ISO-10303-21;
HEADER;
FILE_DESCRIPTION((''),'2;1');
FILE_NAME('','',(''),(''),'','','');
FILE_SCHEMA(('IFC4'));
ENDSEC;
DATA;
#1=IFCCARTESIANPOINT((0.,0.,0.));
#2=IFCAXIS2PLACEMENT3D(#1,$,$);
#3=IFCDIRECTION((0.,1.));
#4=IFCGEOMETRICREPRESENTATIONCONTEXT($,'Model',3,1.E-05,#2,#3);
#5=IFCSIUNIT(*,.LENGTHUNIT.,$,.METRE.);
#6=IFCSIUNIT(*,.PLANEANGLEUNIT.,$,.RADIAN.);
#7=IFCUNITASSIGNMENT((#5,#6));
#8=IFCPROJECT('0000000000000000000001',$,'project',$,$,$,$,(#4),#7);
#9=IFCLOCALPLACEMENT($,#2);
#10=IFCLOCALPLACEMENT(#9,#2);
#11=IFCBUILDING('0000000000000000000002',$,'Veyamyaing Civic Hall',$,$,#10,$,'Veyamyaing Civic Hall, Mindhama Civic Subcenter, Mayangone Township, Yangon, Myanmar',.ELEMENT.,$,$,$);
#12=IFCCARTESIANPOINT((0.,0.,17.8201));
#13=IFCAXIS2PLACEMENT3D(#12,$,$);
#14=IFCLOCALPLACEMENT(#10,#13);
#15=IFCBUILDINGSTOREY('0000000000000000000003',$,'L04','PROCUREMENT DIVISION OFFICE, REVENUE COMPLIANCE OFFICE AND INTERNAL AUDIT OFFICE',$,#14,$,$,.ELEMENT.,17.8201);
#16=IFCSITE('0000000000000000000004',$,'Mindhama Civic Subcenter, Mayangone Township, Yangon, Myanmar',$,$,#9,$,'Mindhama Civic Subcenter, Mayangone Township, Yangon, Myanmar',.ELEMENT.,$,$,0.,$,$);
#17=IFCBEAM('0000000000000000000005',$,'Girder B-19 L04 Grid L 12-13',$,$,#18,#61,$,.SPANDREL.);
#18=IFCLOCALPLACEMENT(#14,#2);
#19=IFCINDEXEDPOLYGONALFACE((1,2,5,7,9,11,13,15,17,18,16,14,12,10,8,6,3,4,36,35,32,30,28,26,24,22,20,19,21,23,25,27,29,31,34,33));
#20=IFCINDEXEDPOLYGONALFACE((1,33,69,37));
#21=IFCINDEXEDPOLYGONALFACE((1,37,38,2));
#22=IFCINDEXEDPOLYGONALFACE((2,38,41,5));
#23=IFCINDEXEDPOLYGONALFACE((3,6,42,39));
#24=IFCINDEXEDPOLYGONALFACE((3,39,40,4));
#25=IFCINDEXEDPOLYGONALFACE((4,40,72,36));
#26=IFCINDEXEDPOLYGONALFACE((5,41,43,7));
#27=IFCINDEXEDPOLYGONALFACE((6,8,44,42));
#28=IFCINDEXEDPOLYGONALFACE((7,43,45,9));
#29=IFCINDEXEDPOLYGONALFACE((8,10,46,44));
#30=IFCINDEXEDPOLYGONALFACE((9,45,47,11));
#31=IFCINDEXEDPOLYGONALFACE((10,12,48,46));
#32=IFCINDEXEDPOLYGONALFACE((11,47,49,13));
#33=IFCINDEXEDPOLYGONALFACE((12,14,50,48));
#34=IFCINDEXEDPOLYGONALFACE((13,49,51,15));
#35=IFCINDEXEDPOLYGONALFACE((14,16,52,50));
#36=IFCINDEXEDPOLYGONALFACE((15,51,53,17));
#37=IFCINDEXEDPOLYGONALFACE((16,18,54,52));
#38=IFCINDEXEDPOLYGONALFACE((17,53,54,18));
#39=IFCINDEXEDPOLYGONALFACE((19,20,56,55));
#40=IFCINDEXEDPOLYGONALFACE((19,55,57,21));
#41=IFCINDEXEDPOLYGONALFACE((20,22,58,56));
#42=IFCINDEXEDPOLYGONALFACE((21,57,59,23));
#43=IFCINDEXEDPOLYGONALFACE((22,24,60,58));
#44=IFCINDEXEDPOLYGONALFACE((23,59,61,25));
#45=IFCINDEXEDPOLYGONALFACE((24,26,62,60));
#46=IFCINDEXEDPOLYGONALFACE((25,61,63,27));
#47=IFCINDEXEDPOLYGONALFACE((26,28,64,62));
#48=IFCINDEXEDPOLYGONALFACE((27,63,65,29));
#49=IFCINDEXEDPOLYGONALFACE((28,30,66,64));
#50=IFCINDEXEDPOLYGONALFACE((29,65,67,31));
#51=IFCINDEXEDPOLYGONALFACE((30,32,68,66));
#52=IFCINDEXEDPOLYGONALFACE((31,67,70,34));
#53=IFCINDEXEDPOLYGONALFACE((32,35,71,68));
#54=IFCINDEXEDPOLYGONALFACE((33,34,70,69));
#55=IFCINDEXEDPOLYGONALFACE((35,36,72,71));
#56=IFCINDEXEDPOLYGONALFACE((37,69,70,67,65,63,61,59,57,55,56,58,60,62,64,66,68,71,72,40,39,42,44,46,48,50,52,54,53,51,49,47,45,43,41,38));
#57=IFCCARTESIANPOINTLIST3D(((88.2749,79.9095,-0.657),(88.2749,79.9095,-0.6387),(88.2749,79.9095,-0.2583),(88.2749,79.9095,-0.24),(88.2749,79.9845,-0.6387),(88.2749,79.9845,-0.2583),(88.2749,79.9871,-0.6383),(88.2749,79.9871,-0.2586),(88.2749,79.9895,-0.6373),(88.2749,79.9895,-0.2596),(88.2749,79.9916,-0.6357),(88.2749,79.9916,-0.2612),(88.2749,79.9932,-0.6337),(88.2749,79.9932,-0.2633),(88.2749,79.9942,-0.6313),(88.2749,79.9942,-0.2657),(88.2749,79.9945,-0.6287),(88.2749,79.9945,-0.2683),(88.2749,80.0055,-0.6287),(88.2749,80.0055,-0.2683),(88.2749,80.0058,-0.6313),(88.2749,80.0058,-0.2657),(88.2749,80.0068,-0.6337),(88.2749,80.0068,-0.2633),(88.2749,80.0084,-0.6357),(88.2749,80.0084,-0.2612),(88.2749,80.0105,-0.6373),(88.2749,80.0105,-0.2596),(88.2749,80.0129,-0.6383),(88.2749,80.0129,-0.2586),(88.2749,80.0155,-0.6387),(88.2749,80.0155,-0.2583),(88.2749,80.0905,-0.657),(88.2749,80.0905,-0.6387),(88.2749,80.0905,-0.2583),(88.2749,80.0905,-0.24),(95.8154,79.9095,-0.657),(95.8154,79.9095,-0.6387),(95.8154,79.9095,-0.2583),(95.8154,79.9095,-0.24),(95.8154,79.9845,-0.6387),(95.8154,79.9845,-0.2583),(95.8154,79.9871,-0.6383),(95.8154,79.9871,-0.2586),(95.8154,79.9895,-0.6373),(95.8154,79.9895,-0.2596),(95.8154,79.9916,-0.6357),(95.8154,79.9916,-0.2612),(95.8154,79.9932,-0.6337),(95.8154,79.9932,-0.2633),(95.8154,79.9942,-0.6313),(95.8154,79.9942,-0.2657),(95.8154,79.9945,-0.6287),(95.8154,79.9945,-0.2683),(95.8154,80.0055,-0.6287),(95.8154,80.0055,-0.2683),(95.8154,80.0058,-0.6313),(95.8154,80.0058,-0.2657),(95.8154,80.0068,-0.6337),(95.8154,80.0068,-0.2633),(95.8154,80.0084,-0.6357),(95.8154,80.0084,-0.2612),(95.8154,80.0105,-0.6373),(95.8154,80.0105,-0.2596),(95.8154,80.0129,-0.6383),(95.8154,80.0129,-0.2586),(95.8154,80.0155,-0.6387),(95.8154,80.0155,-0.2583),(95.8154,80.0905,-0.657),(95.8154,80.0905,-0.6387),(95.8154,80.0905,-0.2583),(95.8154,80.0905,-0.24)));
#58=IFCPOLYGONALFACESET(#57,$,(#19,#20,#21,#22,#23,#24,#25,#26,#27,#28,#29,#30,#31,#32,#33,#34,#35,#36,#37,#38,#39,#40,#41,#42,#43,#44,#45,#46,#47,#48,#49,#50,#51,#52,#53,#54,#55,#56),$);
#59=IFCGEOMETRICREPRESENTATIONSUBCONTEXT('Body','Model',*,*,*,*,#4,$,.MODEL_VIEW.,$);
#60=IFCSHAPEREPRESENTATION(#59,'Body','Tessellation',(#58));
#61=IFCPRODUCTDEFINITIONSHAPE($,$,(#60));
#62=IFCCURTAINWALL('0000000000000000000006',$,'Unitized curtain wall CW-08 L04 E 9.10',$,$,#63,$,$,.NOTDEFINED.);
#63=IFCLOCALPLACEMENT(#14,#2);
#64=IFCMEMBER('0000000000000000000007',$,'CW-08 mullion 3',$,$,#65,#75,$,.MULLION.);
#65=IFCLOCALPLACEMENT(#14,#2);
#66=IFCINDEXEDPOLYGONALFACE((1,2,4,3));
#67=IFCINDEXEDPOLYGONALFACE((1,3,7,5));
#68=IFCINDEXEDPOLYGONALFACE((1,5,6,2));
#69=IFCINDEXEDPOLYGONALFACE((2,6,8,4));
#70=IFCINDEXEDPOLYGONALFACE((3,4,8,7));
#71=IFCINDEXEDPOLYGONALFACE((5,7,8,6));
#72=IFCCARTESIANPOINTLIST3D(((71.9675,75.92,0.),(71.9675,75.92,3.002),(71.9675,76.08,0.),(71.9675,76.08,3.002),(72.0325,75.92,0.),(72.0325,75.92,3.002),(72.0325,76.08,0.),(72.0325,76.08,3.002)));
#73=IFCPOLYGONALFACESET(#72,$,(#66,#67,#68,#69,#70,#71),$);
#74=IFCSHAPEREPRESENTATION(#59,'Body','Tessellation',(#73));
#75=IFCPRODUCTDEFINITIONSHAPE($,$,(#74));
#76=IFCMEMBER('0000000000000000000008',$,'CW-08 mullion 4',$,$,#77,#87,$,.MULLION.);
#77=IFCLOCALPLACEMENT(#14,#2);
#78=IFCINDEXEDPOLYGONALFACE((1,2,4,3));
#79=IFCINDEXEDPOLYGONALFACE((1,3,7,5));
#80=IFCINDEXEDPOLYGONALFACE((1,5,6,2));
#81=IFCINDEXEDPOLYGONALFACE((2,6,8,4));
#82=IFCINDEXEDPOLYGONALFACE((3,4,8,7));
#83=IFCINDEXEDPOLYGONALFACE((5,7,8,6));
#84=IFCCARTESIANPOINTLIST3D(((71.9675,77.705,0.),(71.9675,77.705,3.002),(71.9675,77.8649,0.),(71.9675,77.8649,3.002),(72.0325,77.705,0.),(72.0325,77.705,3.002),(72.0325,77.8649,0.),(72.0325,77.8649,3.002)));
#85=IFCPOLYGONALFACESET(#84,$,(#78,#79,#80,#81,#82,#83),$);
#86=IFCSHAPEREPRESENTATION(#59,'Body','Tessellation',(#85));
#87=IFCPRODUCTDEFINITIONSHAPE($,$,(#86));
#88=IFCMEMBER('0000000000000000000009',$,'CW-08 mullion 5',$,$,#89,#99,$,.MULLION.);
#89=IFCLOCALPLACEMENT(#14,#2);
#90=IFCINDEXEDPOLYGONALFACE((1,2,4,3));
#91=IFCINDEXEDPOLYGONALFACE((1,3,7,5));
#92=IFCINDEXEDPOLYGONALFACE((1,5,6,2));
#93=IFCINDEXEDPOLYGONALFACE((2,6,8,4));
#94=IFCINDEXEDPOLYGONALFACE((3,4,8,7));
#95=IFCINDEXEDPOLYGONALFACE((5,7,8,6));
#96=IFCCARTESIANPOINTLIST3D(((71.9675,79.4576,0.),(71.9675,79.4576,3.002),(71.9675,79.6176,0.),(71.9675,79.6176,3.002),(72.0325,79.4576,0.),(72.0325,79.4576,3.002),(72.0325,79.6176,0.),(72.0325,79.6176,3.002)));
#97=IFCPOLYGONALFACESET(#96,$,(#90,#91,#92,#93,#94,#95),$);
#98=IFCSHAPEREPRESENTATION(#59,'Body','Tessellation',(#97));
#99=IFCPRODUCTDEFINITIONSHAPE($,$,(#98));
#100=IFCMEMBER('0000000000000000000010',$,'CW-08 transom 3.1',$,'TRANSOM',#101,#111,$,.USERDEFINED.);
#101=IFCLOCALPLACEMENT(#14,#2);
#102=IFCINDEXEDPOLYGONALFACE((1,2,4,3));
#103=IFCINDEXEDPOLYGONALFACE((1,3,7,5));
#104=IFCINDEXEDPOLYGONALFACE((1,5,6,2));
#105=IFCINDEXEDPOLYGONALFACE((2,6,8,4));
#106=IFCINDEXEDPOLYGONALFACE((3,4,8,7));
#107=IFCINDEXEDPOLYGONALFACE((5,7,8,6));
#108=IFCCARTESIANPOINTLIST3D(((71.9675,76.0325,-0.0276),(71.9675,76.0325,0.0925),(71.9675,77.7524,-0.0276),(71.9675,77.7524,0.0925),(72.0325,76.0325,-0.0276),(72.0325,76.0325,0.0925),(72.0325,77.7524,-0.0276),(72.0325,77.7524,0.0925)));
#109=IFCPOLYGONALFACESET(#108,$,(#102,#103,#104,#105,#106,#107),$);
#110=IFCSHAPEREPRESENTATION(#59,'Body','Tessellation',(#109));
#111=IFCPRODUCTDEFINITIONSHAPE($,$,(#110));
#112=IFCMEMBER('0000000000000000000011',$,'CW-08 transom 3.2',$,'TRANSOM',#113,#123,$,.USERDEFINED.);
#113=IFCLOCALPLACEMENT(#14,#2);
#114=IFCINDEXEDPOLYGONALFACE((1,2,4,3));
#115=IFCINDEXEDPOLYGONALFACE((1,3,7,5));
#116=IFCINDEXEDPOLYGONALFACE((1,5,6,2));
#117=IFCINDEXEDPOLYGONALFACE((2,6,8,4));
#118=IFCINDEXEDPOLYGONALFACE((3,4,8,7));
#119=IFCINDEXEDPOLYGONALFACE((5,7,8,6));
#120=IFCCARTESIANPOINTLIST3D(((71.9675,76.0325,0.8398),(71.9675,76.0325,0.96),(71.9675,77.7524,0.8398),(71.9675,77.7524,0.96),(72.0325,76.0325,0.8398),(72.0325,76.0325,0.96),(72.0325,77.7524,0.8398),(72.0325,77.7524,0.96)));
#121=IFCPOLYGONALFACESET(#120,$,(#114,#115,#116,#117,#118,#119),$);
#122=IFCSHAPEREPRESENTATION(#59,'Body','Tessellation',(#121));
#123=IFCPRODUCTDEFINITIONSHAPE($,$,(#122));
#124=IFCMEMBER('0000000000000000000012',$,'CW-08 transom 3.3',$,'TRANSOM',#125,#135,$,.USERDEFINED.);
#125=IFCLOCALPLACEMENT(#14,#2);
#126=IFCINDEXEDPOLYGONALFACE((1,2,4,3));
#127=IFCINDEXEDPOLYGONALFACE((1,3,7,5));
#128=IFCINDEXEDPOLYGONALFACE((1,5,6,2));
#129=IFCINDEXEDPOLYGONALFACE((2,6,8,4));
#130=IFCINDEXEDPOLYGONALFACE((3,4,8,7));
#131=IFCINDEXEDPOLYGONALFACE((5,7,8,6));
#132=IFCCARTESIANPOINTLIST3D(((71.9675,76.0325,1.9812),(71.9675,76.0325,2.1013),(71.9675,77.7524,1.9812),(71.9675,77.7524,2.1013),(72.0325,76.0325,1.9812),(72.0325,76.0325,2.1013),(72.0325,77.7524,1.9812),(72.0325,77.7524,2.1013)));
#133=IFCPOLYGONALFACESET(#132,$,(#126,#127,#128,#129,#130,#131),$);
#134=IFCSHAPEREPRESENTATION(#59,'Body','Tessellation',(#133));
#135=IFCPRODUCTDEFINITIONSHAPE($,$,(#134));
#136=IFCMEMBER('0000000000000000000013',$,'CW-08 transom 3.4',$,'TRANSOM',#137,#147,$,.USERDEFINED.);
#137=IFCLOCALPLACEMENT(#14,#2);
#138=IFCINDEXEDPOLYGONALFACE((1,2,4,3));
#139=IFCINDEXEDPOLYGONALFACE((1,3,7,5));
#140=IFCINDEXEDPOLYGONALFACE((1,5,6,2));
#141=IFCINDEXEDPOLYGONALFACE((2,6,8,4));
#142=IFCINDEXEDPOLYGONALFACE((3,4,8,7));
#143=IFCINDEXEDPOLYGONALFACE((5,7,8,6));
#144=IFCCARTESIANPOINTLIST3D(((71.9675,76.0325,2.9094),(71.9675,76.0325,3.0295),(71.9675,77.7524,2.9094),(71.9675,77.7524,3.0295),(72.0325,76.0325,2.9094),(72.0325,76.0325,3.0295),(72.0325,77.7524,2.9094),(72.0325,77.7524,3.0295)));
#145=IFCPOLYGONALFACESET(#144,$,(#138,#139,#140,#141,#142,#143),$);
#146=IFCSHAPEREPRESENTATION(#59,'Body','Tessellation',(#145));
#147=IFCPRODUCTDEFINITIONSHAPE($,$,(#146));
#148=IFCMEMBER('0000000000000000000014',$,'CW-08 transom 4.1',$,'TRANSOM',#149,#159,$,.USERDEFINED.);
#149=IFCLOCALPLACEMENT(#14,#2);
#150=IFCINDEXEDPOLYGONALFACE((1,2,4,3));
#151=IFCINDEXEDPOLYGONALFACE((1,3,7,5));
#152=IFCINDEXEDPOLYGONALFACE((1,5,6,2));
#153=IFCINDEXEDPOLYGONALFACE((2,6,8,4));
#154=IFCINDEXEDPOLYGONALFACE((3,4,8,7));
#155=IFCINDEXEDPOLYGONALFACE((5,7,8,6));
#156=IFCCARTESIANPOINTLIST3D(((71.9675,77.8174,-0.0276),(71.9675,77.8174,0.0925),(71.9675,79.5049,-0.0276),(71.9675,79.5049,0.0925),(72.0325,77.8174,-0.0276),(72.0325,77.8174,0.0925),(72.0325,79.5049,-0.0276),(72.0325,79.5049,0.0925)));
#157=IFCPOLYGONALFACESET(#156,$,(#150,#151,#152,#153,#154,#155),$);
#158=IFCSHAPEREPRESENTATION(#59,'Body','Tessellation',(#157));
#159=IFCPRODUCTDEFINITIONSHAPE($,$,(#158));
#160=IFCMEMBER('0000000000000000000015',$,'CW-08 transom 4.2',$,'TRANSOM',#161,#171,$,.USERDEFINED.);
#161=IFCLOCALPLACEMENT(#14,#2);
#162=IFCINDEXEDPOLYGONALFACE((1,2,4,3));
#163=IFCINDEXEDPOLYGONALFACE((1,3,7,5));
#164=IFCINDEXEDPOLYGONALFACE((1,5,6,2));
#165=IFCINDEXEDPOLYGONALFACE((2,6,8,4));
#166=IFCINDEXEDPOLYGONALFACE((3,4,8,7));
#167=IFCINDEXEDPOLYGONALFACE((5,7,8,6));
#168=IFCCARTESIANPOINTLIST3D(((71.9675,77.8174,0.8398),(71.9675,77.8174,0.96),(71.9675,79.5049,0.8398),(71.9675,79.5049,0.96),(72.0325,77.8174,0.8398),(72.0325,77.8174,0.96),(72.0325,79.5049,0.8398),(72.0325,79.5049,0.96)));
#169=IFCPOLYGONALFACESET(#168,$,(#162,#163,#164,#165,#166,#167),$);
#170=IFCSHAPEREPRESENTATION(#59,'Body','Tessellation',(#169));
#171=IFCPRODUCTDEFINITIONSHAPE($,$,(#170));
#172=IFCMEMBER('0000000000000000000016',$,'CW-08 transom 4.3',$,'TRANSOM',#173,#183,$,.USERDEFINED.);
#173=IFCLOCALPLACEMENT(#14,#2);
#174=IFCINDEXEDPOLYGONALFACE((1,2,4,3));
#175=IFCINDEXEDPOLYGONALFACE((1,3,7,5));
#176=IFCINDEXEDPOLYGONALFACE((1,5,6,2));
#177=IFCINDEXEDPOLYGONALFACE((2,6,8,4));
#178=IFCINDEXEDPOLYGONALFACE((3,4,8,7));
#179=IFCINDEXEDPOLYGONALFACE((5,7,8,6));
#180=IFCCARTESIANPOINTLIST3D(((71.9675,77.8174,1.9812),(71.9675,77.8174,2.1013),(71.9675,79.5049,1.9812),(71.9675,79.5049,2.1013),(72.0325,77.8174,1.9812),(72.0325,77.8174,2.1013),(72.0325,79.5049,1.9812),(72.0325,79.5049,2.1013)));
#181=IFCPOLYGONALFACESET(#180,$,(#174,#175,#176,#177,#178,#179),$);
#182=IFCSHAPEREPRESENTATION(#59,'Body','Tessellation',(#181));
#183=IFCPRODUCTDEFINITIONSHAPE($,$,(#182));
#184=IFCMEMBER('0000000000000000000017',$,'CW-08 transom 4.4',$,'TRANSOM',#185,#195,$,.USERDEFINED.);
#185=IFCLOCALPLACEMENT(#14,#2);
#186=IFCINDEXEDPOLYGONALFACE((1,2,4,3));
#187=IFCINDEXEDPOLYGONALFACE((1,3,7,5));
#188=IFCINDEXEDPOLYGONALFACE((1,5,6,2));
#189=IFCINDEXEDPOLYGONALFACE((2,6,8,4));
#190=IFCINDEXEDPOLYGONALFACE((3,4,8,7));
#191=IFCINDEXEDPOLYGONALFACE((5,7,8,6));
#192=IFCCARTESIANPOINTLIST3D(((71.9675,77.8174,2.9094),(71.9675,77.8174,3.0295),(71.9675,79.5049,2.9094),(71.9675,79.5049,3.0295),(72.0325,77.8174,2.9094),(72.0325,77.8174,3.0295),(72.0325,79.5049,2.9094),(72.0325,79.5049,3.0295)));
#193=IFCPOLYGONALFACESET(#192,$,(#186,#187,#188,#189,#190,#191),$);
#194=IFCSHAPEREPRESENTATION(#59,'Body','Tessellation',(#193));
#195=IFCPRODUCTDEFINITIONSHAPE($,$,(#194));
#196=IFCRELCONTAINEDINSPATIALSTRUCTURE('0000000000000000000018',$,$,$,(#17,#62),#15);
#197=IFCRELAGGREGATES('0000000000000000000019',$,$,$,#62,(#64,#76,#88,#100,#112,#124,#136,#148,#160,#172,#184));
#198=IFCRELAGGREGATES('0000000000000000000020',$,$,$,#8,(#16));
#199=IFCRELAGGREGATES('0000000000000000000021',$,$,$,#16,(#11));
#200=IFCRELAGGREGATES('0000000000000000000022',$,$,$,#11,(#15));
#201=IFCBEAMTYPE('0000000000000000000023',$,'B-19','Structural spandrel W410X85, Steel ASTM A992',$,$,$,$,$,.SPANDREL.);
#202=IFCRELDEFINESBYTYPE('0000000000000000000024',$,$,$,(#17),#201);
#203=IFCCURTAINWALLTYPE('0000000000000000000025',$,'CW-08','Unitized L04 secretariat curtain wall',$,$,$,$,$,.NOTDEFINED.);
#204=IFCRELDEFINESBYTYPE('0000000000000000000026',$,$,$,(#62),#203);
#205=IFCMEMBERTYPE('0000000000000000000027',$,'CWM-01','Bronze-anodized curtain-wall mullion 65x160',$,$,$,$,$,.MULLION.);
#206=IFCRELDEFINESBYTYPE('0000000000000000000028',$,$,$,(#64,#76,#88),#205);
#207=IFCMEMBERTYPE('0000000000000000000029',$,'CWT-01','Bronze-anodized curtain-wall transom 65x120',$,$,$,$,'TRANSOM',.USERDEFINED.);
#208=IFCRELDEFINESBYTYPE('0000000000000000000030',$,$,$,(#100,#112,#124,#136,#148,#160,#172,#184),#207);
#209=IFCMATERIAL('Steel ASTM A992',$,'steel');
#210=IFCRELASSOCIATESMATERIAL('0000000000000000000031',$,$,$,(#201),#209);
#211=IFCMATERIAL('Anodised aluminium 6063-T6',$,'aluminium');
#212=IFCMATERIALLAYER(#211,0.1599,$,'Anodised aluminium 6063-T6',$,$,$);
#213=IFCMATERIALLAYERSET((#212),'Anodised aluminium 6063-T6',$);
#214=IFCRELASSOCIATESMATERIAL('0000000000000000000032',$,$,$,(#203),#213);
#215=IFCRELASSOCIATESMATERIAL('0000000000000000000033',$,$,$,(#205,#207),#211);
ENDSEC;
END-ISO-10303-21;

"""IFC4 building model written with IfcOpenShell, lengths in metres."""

from ifc_helpers import new_model, si_unit, direction, frame, origin, origin_2d, place, context, subcontext, project, spatial, rectangle, i_section, extrude, material, layer, layer_set, material_profile, profile_set, type_object, element, aggregate, save


model = new_model("IFC4")

# Units and contexts
model_context = context("Model", 3, precision=1e-05, world=origin(), true_north=direction((0.0, 1.0)))
body_context = subcontext(model_context, "Body", "Model", "MODEL_VIEW")
ifc_project = project(units=[si_unit("LENGTHUNIT", "METRE"), si_unit("PLANEANGLEUNIT", "RADIAN")], contexts=[model_context])

# Site, building, storey
site_placement = place(None, origin())
site = spatial("IfcSite", under=ifc_project, at=site_placement, Name="Mindhama Civic Subcenter, Mayangone Township, Yangon, Myanmar", LongName="Mindhama Civic Subcenter, Mayangone Township, Yangon, Myanmar", CompositionType="ELEMENT", RefElevation=0.0)
building_placement = place(site_placement, origin())
building = spatial("IfcBuilding", under=site, at=building_placement, Name="Veyamyaing Civic Hall", LongName="Veyamyaing Civic Hall, Mindhama Civic Subcenter, Mayangone Township, Yangon, Myanmar", CompositionType="ELEMENT")
storey_placement = place(building_placement, frame((0.0, 0.0, 17.8201)))
storey = spatial("IfcBuildingStorey", under=building, at=storey_placement, Name="L04", Description="PROCUREMENT DIVISION OFFICE, REVENUE COMPLIANCE OFFICE AND INTERNAL AUDIT OFFICE", CompositionType="ELEMENT", Elevation=17.8201)

# Beam
ifc_material_1 = material(Name="Steel ASTM A992", Category="steel")
ifc_material_profile_1 = material_profile(ifc_material_1, i_section(OverallWidth=0.1809, OverallDepth=0.417, WebThickness=0.011, FlangeThickness=0.0183, FilletRadius=0.01, at=origin_2d()), Name="W410X85")
ifc_profile_set_1 = profile_set([ifc_material_profile_1], Name="Steel ASTM A992")
beam_type_1 = type_object("IfcBeamType", Name="B-19", Description="Structural spandrel W410X85, Steel ASTM A992", PredefinedType="SPANDREL", material=ifc_profile_set_1)
beam_1_placement = place(storey_placement, frame((88.2749, 80.0, -0.4485), z_axis=(1.0, 0.0, 0.0), x_axis=(0.0, 1.0, 0.0)))
element("IfcBeam", 1, at=beam_1_placement, inside=storey, type_object=beam_type_1, Name="Girder B-19 L04 Grid L 12-13", PredefinedType="SPANDREL", context=body_context, shape_type="SweptSolid", body=[
    extrude(i_section(OverallWidth=0.1809, OverallDepth=0.417, WebThickness=0.011, FlangeThickness=0.0183, FilletRadius=0.01, at=origin_2d()), origin(), (0.0, 0.0, 1.0), 7.5405),
])

# Curtain wall, members
ifc_material_2 = material(Name="Anodised aluminium 6063-T6", Category="aluminium")
ifc_layer_1 = layer(ifc_material_2, 0.1599, Name="Anodised aluminium 6063-T6")
ifc_layer_set_1 = layer_set([ifc_layer_1], Name="Anodised aluminium 6063-T6")
curtain_wall_type = type_object("IfcCurtainWallType", Name="CW-08", Description="Unitized L04 secretariat curtain wall", PredefinedType="NOTDEFINED", material=ifc_layer_set_1)
curtain_wall_placement = place(storey_placement, origin())
curtain_wall = element("IfcCurtainWall", 2, at=curtain_wall_placement, inside=storey, type_object=curtain_wall_type, Name="Unitized curtain wall CW-08 L04 E 9.10", PredefinedType="NOTDEFINED")
ifc_material_profile_2 = material_profile(ifc_material_2, rectangle(XDim=0.0649, YDim=0.1599, at=origin_2d()), Name="ALU-MUL-65X160")
ifc_profile_set_2 = profile_set([ifc_material_profile_2], Name="Anodised aluminium 6063-T6")
member_type_1 = type_object("IfcMemberType", Name="CWM-01", Description="Bronze-anodized curtain-wall mullion 65x160", PredefinedType="MULLION", material=ifc_profile_set_2)
member_1_placement = place(storey_placement, frame((72.0, 76.0, 0.0), z_axis=(0.0, 0.0, 1.0), x_axis=(-1.0, 0.0, 0.0)))
member_1 = element("IfcMember", 3, at=member_1_placement, type_object=member_type_1, Name="CW-08 mullion 3", PredefinedType="MULLION", context=body_context, shape_type="SweptSolid", body=[
    extrude(rectangle(XDim=0.0649, YDim=0.1599, at=origin_2d()), origin(), (0.0, 0.0, 1.0), 3.002),
])
member_2_placement = place(storey_placement, frame((72.0, 77.7849, 0.0), z_axis=(0.0, 0.0, 1.0), x_axis=(-1.0, 0.0, 0.0)))
member_2 = element("IfcMember", 4, at=member_2_placement, type_object=member_type_1, Name="CW-08 mullion 4", PredefinedType="MULLION", context=body_context, shape_type="SweptSolid", body=[
    extrude(rectangle(XDim=0.0649, YDim=0.1599, at=origin_2d()), origin(), (0.0, 0.0, 1.0), 3.002),
])
member_3_placement = place(storey_placement, frame((72.0, 79.5376, 0.0), z_axis=(0.0, 0.0, 1.0), x_axis=(-1.0, 0.0, 0.0)))
member_3 = element("IfcMember", 5, at=member_3_placement, type_object=member_type_1, Name="CW-08 mullion 5", PredefinedType="MULLION", context=body_context, shape_type="SweptSolid", body=[
    extrude(rectangle(XDim=0.0649, YDim=0.1599, at=origin_2d()), origin(), (0.0, 0.0, 1.0), 3.002),
])
ifc_material_profile_3 = material_profile(ifc_material_2, rectangle(XDim=0.0649, YDim=0.1201, at=origin_2d()), Name="ALU-TRN-65X120")
ifc_profile_set_3 = profile_set([ifc_material_profile_3], Name="Anodised aluminium 6063-T6")
member_type_2 = type_object("IfcMemberType", Name="CWT-01", Description="Bronze-anodized curtain-wall transom 65x120", ElementType="TRANSOM", PredefinedType="USERDEFINED", material=ifc_profile_set_3)
member_4_placement = place(storey_placement, frame((72.0, 76.0325, 0.0325), z_axis=(0.0, 1.0, 0.0), x_axis=(-1.0, 0.0, 0.0)))
member_4 = element("IfcMember", 6, at=member_4_placement, type_object=member_type_2, Name="CW-08 transom 3.1", ObjectType="TRANSOM", PredefinedType="USERDEFINED", context=body_context, shape_type="SweptSolid", body=[
    extrude(rectangle(XDim=0.0649, YDim=0.1201, at=origin_2d()), origin(), (0.0, 0.0, 1.0), 1.72),
])
member_5_placement = place(storey_placement, frame((72.0, 76.0325, 0.8999), z_axis=(0.0, 1.0, 0.0), x_axis=(-1.0, 0.0, 0.0)))
member_5 = element("IfcMember", 7, at=member_5_placement, type_object=member_type_2, Name="CW-08 transom 3.2", ObjectType="TRANSOM", PredefinedType="USERDEFINED", context=body_context, shape_type="SweptSolid", body=[
    extrude(rectangle(XDim=0.0649, YDim=0.1201, at=origin_2d()), origin(), (0.0, 0.0, 1.0), 1.72),
])
member_6_placement = place(storey_placement, frame((72.0, 76.0325, 2.0413), z_axis=(0.0, 1.0, 0.0), x_axis=(-1.0, 0.0, 0.0)))
member_6 = element("IfcMember", 8, at=member_6_placement, type_object=member_type_2, Name="CW-08 transom 3.3", ObjectType="TRANSOM", PredefinedType="USERDEFINED", context=body_context, shape_type="SweptSolid", body=[
    extrude(rectangle(XDim=0.0649, YDim=0.1201, at=origin_2d()), origin(), (0.0, 0.0, 1.0), 1.72),
])
member_7_placement = place(storey_placement, frame((72.0, 76.0325, 2.9695), z_axis=(0.0, 1.0, 0.0), x_axis=(-1.0, 0.0, 0.0)))
member_7 = element("IfcMember", 9, at=member_7_placement, type_object=member_type_2, Name="CW-08 transom 3.4", ObjectType="TRANSOM", PredefinedType="USERDEFINED", context=body_context, shape_type="SweptSolid", body=[
    extrude(rectangle(XDim=0.0649, YDim=0.1201, at=origin_2d()), origin(), (0.0, 0.0, 1.0), 1.72),
])
member_8_placement = place(storey_placement, frame((72.0, 77.8174, 0.0325), z_axis=(0.0, 1.0, 0.0), x_axis=(-1.0, 0.0, 0.0)))
member_8 = element("IfcMember", 10, at=member_8_placement, type_object=member_type_2, Name="CW-08 transom 4.1", ObjectType="TRANSOM", PredefinedType="USERDEFINED", context=body_context, shape_type="SweptSolid", body=[
    extrude(rectangle(XDim=0.0649, YDim=0.1201, at=origin_2d()), origin(), (0.0, 0.0, 1.0), 1.6875),
])
member_9_placement = place(storey_placement, frame((72.0, 77.8174, 0.8999), z_axis=(0.0, 1.0, 0.0), x_axis=(-1.0, 0.0, 0.0)))
member_9 = element("IfcMember", 11, at=member_9_placement, type_object=member_type_2, Name="CW-08 transom 4.2", ObjectType="TRANSOM", PredefinedType="USERDEFINED", context=body_context, shape_type="SweptSolid", body=[
    extrude(rectangle(XDim=0.0649, YDim=0.1201, at=origin_2d()), origin(), (0.0, 0.0, 1.0), 1.6875),
])
member_10_placement = place(storey_placement, frame((72.0, 77.8174, 2.0413), z_axis=(0.0, 1.0, 0.0), x_axis=(-1.0, 0.0, 0.0)))
member_10 = element("IfcMember", 12, at=member_10_placement, type_object=member_type_2, Name="CW-08 transom 4.3", ObjectType="TRANSOM", PredefinedType="USERDEFINED", context=body_context, shape_type="SweptSolid", body=[
    extrude(rectangle(XDim=0.0649, YDim=0.1201, at=origin_2d()), origin(), (0.0, 0.0, 1.0), 1.6875),
])
member_11_placement = place(storey_placement, frame((72.0, 77.8174, 2.9695), z_axis=(0.0, 1.0, 0.0), x_axis=(-1.0, 0.0, 0.0)))
member_11 = element("IfcMember", 13, at=member_11_placement, type_object=member_type_2, Name="CW-08 transom 4.4", ObjectType="TRANSOM", PredefinedType="USERDEFINED", context=body_context, shape_type="SweptSolid", body=[
    extrude(rectangle(XDim=0.0649, YDim=0.1201, at=origin_2d()), origin(), (0.0, 0.0, 1.0), 1.6875),
])

aggregate(curtain_wall, [member_1, member_2, member_3, member_4, member_5, member_6, member_7, member_8, member_9, member_10, member_11])

save(model, "model.ifc")
